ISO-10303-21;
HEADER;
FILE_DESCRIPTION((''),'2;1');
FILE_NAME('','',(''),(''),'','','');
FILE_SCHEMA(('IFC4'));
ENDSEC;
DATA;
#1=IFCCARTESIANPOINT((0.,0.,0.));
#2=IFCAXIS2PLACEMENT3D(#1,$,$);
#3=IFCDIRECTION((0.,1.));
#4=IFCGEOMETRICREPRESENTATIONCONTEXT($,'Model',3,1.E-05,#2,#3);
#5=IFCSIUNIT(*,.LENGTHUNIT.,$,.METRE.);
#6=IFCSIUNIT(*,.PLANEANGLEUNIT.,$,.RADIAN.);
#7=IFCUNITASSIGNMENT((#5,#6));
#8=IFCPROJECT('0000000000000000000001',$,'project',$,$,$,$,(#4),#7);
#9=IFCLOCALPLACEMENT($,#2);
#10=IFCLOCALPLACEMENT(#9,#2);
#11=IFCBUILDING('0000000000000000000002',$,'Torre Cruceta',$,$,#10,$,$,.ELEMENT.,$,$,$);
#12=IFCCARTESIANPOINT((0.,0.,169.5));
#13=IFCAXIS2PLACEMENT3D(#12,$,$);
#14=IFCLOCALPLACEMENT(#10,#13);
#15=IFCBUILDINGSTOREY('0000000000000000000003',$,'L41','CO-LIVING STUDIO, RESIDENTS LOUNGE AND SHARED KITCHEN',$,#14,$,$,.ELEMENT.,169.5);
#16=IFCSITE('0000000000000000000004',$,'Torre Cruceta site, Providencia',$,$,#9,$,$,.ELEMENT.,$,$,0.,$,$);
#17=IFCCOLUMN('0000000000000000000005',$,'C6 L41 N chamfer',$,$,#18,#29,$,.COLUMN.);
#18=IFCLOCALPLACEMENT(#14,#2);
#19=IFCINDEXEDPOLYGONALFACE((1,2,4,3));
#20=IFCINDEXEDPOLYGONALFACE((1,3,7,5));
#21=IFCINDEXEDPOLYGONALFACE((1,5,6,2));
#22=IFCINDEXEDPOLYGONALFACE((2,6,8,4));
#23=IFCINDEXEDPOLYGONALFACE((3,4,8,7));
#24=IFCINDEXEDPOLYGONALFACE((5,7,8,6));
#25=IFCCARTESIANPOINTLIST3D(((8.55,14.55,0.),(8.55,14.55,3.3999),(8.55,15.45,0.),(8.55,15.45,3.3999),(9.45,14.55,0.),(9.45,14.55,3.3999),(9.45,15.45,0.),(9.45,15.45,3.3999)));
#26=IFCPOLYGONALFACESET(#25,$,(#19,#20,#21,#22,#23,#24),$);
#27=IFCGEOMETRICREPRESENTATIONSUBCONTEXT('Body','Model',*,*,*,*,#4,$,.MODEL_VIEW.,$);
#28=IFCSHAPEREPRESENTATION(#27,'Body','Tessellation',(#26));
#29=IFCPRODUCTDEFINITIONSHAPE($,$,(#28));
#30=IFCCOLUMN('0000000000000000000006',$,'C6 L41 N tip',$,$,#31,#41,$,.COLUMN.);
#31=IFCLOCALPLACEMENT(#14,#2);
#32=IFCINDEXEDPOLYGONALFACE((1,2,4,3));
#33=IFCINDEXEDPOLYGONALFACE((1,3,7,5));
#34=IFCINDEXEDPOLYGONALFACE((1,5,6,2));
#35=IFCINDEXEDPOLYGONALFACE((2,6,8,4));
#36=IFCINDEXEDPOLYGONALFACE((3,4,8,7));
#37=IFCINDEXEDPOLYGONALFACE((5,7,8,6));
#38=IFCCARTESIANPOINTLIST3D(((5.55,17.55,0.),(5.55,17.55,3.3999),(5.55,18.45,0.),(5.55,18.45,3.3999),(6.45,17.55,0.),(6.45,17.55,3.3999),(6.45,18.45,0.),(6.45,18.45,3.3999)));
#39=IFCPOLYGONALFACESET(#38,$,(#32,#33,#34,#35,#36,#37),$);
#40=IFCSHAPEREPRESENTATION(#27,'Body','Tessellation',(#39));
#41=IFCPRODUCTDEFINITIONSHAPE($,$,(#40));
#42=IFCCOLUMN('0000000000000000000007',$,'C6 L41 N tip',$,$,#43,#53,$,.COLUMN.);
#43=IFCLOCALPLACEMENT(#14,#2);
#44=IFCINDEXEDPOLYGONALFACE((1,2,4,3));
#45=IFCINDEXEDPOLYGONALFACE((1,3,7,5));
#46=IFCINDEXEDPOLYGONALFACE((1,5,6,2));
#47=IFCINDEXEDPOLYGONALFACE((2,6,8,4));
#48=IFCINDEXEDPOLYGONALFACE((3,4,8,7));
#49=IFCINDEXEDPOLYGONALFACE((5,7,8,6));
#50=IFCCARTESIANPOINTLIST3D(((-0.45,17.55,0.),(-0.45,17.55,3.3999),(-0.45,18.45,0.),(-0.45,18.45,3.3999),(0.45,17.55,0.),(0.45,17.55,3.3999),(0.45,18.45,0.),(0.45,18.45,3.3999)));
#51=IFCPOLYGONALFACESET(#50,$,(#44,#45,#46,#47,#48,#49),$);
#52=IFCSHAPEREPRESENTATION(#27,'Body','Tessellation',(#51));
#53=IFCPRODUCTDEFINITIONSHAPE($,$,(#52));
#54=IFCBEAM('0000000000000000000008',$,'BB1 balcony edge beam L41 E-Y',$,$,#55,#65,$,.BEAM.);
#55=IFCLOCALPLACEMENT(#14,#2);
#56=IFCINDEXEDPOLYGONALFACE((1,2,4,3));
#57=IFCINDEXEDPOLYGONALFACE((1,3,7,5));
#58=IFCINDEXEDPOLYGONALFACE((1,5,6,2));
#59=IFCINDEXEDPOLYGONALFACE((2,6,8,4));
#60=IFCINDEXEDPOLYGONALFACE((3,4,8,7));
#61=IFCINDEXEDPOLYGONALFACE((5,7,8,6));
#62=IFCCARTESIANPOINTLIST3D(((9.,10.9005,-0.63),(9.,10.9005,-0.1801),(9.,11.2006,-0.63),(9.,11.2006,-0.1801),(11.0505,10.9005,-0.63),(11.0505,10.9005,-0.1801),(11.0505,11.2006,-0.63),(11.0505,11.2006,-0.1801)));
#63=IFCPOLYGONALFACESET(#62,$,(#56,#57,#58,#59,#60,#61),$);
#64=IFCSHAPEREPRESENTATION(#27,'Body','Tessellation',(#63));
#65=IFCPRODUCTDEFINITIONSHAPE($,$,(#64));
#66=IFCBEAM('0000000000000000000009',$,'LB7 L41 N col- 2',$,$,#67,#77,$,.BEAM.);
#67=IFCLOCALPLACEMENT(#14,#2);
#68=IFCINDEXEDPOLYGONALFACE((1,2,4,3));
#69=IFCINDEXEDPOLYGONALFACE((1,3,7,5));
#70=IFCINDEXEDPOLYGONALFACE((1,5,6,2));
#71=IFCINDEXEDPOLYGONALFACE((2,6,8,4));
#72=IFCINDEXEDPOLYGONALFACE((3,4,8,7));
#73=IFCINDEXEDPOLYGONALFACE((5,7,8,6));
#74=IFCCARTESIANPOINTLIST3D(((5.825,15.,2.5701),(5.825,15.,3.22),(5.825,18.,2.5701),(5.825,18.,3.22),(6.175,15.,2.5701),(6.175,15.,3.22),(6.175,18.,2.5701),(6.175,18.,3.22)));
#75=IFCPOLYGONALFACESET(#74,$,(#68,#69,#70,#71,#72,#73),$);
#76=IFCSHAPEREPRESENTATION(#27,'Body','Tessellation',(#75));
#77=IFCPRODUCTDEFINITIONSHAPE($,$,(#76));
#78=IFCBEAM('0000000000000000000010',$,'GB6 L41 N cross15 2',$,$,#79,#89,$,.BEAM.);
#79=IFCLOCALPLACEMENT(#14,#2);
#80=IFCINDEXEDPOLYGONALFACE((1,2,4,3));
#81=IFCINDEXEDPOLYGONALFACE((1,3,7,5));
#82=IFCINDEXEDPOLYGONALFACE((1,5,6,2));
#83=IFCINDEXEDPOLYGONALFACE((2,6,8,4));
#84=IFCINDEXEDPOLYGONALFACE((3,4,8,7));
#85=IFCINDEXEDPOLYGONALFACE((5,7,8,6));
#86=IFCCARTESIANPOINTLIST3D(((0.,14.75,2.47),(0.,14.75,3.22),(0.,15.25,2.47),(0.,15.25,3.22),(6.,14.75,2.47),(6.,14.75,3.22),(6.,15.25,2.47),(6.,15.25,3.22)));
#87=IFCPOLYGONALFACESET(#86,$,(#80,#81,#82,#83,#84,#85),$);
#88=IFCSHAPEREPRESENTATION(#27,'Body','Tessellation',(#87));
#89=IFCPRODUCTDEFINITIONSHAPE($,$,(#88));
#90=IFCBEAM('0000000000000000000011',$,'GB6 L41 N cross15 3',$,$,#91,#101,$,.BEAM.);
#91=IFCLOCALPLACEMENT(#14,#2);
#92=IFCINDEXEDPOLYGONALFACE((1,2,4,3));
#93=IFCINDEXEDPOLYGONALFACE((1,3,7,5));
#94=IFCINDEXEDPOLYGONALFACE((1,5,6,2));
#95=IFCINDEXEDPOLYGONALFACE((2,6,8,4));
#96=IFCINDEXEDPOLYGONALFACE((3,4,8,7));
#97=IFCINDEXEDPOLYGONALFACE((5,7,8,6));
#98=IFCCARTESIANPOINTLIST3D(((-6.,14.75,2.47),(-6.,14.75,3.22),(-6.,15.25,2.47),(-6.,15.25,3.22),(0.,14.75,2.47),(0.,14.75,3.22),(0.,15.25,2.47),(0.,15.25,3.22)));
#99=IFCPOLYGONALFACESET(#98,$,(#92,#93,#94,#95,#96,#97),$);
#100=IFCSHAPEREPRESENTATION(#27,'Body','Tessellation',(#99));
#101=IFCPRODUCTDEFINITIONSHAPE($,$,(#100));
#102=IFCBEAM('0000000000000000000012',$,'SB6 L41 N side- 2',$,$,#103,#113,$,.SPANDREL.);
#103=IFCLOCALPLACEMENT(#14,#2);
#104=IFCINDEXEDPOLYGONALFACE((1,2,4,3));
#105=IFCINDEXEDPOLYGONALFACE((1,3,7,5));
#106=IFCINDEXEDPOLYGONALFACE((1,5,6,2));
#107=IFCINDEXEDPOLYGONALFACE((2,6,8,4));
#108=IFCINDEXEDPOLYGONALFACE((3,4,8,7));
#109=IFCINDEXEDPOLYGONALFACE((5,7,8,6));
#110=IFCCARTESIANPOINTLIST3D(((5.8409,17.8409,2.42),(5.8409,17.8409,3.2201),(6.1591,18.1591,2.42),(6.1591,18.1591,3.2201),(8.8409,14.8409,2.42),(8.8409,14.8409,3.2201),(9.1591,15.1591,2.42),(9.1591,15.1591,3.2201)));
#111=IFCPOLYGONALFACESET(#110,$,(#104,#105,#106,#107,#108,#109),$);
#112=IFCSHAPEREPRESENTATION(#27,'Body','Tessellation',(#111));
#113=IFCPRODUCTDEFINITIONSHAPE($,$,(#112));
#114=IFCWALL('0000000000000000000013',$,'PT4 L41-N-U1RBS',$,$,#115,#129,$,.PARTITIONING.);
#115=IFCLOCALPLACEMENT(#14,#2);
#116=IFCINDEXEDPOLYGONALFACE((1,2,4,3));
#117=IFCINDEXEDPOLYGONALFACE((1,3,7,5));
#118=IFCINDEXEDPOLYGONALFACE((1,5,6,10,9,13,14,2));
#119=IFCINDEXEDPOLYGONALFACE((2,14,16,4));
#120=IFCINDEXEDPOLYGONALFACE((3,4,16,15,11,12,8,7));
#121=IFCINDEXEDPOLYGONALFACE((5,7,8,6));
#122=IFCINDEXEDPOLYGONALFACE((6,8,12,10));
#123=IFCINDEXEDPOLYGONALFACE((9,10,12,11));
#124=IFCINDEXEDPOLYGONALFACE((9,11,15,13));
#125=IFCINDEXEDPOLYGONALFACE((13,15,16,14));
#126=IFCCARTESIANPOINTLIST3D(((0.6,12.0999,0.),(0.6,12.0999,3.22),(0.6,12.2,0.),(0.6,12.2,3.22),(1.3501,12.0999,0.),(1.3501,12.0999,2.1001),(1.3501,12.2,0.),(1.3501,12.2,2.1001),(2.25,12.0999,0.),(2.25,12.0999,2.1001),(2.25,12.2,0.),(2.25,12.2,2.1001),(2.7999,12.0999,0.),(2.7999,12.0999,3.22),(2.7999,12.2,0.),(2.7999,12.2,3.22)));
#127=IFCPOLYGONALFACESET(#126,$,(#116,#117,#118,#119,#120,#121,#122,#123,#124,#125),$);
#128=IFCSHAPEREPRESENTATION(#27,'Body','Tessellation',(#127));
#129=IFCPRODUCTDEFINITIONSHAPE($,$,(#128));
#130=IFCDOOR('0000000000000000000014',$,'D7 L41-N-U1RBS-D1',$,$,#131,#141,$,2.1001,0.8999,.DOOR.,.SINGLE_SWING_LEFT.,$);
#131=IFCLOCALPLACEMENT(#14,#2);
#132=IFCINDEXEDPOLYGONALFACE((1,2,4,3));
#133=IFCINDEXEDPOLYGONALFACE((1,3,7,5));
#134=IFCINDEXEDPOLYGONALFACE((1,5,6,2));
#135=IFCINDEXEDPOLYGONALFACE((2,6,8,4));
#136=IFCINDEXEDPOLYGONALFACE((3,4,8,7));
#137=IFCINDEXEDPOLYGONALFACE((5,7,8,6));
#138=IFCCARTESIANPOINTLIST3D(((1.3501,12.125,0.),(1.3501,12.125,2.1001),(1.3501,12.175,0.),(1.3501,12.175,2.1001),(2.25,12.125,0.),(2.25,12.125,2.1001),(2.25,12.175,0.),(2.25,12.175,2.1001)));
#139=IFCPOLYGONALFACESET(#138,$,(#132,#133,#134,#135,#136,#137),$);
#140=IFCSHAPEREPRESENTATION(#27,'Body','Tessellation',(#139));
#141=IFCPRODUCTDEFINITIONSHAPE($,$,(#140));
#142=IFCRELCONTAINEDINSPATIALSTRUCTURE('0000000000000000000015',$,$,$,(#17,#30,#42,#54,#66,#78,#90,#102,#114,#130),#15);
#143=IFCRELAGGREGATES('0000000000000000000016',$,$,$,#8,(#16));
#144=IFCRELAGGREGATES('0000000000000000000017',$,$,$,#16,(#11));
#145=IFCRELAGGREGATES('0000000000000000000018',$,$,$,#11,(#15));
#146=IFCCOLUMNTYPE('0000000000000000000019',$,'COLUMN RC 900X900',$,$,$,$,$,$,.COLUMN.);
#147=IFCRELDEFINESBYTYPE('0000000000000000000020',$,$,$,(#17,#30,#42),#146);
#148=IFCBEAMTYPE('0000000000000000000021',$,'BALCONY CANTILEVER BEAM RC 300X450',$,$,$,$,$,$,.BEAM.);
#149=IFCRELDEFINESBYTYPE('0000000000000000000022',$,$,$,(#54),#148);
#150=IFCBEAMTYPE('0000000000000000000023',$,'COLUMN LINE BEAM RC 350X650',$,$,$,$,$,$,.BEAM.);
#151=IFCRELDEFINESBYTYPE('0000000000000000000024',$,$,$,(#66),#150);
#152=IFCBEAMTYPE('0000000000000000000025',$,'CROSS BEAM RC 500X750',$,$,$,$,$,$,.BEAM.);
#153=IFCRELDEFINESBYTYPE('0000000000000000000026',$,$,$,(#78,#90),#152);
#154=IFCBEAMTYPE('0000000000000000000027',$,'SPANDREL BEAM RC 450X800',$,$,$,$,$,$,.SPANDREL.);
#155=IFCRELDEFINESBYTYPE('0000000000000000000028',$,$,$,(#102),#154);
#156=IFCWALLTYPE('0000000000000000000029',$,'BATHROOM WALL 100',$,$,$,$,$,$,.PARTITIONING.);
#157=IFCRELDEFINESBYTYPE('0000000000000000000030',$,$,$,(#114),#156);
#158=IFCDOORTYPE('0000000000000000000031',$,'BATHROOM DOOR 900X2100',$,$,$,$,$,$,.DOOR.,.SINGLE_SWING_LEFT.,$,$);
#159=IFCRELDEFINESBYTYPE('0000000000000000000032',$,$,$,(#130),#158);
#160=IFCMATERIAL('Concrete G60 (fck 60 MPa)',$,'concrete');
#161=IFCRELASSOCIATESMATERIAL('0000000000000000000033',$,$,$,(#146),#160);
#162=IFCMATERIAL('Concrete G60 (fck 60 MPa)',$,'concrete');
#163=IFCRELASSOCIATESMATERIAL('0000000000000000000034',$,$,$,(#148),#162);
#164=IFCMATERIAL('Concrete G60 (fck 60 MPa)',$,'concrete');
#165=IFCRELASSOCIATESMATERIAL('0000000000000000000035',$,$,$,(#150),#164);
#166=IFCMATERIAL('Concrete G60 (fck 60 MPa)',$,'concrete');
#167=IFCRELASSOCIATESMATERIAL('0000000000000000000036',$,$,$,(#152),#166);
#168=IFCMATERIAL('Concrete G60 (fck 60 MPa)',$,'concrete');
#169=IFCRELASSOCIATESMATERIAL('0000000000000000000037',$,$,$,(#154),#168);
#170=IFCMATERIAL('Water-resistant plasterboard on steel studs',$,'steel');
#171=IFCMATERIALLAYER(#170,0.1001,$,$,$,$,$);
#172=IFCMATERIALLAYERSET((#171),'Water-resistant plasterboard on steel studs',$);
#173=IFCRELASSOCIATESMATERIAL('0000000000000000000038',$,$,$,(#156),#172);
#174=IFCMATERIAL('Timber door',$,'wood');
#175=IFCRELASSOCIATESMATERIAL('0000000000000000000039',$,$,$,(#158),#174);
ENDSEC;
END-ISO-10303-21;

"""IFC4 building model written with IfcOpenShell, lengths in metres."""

from ifc_helpers import new_model, si_unit, direction, frame, frame_2d, origin, origin_2d, place, context, subcontext, project, spatial, rectangle, extrude, material, layer, layer_set, material_profile, profile_set, type_object, element, fill, save


model = new_model("IFC4")

# Units and contexts
model_context = context("Model", 3, precision=1e-05, world=origin(), true_north=direction((0.0, 1.0)))
body_context = subcontext(model_context, "Body", "Model", "MODEL_VIEW")
ifc_project = project(units=[si_unit("LENGTHUNIT", "METRE"), si_unit("PLANEANGLEUNIT", "RADIAN")], contexts=[model_context])

# Site, building, storey
site_placement = place(None, origin())
site = spatial("IfcSite", under=ifc_project, at=site_placement, Name="Torre Cruceta site, Providencia", CompositionType="ELEMENT", RefElevation=0.0)
building_placement = place(site_placement, origin())
building = spatial("IfcBuilding", under=site, at=building_placement, Name="Torre Cruceta", CompositionType="ELEMENT")
storey_placement = place(building_placement, frame((0.0, 0.0, 169.5)))
storey = spatial("IfcBuildingStorey", under=building, at=storey_placement, Name="L41", Description="CO-LIVING STUDIO, RESIDENTS LOUNGE AND SHARED KITCHEN", CompositionType="ELEMENT", Elevation=169.5)

# Columns
ifc_material_1 = material(Name="Concrete G60 (fck 60 MPa)", Category="concrete")
ifc_material_profile_1 = material_profile(ifc_material_1, rectangle(XDim=0.8999, YDim=0.8999, at=origin_2d()), Name="RC 900X900")
ifc_profile_set_1 = profile_set([ifc_material_profile_1], Name="Concrete G60 (fck 60 MPa)")
column_type = type_object("IfcColumnType", Name="COLUMN RC 900X900", PredefinedType="COLUMN", material=ifc_profile_set_1)
for number, where, z_axis, x_axis, name in (
    (1, (9.0, 15.0, 0.0), (0.0, 0.0, 1.0), (1.0, 0.0, 0.0), "C6 L41 N chamfer"),
    (2, (6.0, 18.0, 0.0), (0.0, 0.0, 1.0), (1.0, 0.0, 0.0), "C6 L41 N tip"),
    (3, (0.0, 18.0, 0.0), (0.0, 0.0, 1.0), (1.0, 0.0, 0.0), "C6 L41 N tip"),
):
    element("IfcColumn", number, at=place(storey_placement, frame(where, z_axis=z_axis, x_axis=x_axis)), inside=storey, type_object=column_type, Name=name, PredefinedType="COLUMN", context=body_context, shape_type="SweptSolid", body=[
        extrude(rectangle(XDim=0.8999, YDim=0.8999, at=origin_2d()), origin(), (0.0, 0.0, 1.0), 3.3999),
    ])

# Beams
ifc_material_2 = material(Name="Concrete G60 (fck 60 MPa)", Category="concrete")
ifc_material_profile_2 = material_profile(ifc_material_2, rectangle(XDim=0.3, YDim=0.45, at=origin_2d()), Name="RC 300X450")
ifc_profile_set_2 = profile_set([ifc_material_profile_2], Name="Concrete G60 (fck 60 MPa)")
beam_type_1 = type_object("IfcBeamType", Name="BALCONY CANTILEVER BEAM RC 300X450", PredefinedType="BEAM", material=ifc_profile_set_2)
beam_1_placement = place(storey_placement, frame((9.0, 11.0505, -0.405), z_axis=(1.0, 0.0, 0.0), x_axis=(0.0, 1.0, 0.0)))
element("IfcBeam", 4, at=beam_1_placement, inside=storey, type_object=beam_type_1, Name="BB1 balcony edge beam L41 E-Y", PredefinedType="BEAM", context=body_context, shape_type="SweptSolid", body=[
    extrude(rectangle(XDim=0.3, YDim=0.45, at=origin_2d()), origin(), (0.0, 0.0, 1.0), 2.0505),
])
ifc_material_3 = material(Name="Concrete G60 (fck 60 MPa)", Category="concrete")
ifc_material_profile_3 = material_profile(ifc_material_3, rectangle(XDim=0.3501, YDim=0.6499, at=origin_2d()), Name="RC 350X650")
ifc_profile_set_3 = profile_set([ifc_material_profile_3], Name="Concrete G60 (fck 60 MPa)")
beam_type_2 = type_object("IfcBeamType", Name="COLUMN LINE BEAM RC 350X650", PredefinedType="BEAM", material=ifc_profile_set_3)
beam_2_placement = place(storey_placement, frame((6.0, 15.0, 2.895), z_axis=(0.0, 1.0, 0.0), x_axis=(-1.0, 0.0, 0.0)))
element("IfcBeam", 5, at=beam_2_placement, inside=storey, type_object=beam_type_2, Name="LB7 L41 N col- 2", PredefinedType="BEAM", context=body_context, shape_type="SweptSolid", body=[
    extrude(rectangle(XDim=0.3501, YDim=0.6499, at=origin_2d()), origin(), (0.0, 0.0, 1.0), 3.0),
])
ifc_material_4 = material(Name="Concrete G60 (fck 60 MPa)", Category="concrete")
ifc_material_profile_4 = material_profile(ifc_material_4, rectangle(XDim=0.5, YDim=0.75, at=origin_2d()), Name="RC 500X750")
ifc_profile_set_4 = profile_set([ifc_material_profile_4], Name="Concrete G60 (fck 60 MPa)")
beam_type_3 = type_object("IfcBeamType", Name="CROSS BEAM RC 500X750", PredefinedType="BEAM", material=ifc_profile_set_4)
for number, where, z_axis, x_axis, name in (
    (6, (6.0, 15.0, 2.845), (-1.0, 0.0, 0.0), (0.0, -1.0, 0.0), "GB6 L41 N cross15 2"),
    (7, (0.0, 15.0, 2.845), (-1.0, 0.0, 0.0), (0.0, -1.0, 0.0), "GB6 L41 N cross15 3"),
):
    element("IfcBeam", number, at=place(storey_placement, frame(where, z_axis=z_axis, x_axis=x_axis)), inside=storey, type_object=beam_type_3, Name=name, PredefinedType="BEAM", context=body_context, shape_type="SweptSolid", body=[
        extrude(rectangle(XDim=0.5, YDim=0.75, at=origin_2d()), origin(), (0.0, 0.0, 1.0), 6.0),
    ])
ifc_material_5 = material(Name="Concrete G60 (fck 60 MPa)", Category="concrete")
ifc_material_profile_5 = material_profile(ifc_material_5, rectangle(XDim=0.45, YDim=0.8, at=origin_2d()), Name="RC 450X800")
ifc_profile_set_5 = profile_set([ifc_material_profile_5], Name="Concrete G60 (fck 60 MPa)")
beam_type_4 = type_object("IfcBeamType", Name="SPANDREL BEAM RC 450X800", PredefinedType="SPANDREL", material=ifc_profile_set_5)
beam_3_placement = place(storey_placement, frame((9.0, 15.0, 2.8201), z_axis=(-0.707107, 0.707107, 0.0), x_axis=(-0.707107, -0.707107, 0.0)))
element("IfcBeam", 8, at=beam_3_placement, inside=storey, type_object=beam_type_4, Name="SB6 L41 N side- 2", PredefinedType="SPANDREL", context=body_context, shape_type="SweptSolid", body=[
    extrude(rectangle(XDim=0.45, YDim=0.8, at=origin_2d()), origin(), (0.0, 0.0, 1.0), 4.2427),
])

# Wall, opening, door
ifc_material_6 = material(Name="Water-resistant plasterboard on steel studs", Category="steel")
ifc_layer_1 = layer(ifc_material_6, 0.1001)
ifc_layer_set_1 = layer_set([ifc_layer_1], Name="Water-resistant plasterboard on steel studs")
wall_type_1 = type_object("IfcWallType", Name="BATHROOM WALL 100", PredefinedType="PARTITIONING", material=ifc_layer_set_1)
wall_1_placement = place(storey_placement, frame((2.8, 12.1499, 0.0), z_axis=(0.0, 0.0, 1.0), x_axis=(-1.0, 0.0, 0.0)))
wall_1 = element("IfcWall", 9, at=wall_1_placement, inside=storey, type_object=wall_type_1, Name="PT4 L41-N-U1RBS", PredefinedType="PARTITIONING", context=body_context, shape_type="SweptSolid", body=[
    extrude(rectangle(XDim=2.2, YDim=0.1001, at=frame_2d((1.1001, 0.0))), origin(), (0.0, 0.0, 1.0), 3.22),
])
opening_1_placement = place(wall_1_placement, frame((0.55, 0.0, 0.0)))
opening_1 = element("IfcOpeningElement", 10, at=opening_1_placement, cuts=wall_1, PredefinedType="OPENING", context=body_context, shape_type="SweptSolid", body=[
    extrude(rectangle(XDim=0.8999, YDim=2.1001, at=frame_2d((0.45, 1.05))), frame((0.0, 0.0601, 0.0), z_axis=(0.0, -1.0, 0.0), x_axis=(1.0, 0.0, 0.0)), (0.0, 0.0, 1.0), 0.1201),
])
ifc_material_7 = material(Name="Timber door", Category="wood")
door_type = type_object("IfcDoorType", Name="BATHROOM DOOR 900X2100", OperationType="SINGLE_SWING_LEFT", PredefinedType="DOOR", material=ifc_material_7)
door_placement = place(opening_1_placement, origin())
door = element("IfcDoor", 11, at=door_placement, inside=storey, type_object=door_type, Name="D7 L41-N-U1RBS-D1", OperationType="SINGLE_SWING_LEFT", OverallHeight=2.1001, OverallWidth=0.8999, PredefinedType="DOOR", context=body_context, shape_type="SweptSolid", body=[
    extrude(rectangle(XDim=0.8999, YDim=2.1001, at=frame_2d((0.45, 1.05))), frame((0.0, 0.0249, 0.0), z_axis=(0.0, -1.0, 0.0), x_axis=(1.0, 0.0, 0.0)), (0.0, 0.0, 1.0), 0.05),
])
fill(opening_1, door)

save(model, "model.ifc")
